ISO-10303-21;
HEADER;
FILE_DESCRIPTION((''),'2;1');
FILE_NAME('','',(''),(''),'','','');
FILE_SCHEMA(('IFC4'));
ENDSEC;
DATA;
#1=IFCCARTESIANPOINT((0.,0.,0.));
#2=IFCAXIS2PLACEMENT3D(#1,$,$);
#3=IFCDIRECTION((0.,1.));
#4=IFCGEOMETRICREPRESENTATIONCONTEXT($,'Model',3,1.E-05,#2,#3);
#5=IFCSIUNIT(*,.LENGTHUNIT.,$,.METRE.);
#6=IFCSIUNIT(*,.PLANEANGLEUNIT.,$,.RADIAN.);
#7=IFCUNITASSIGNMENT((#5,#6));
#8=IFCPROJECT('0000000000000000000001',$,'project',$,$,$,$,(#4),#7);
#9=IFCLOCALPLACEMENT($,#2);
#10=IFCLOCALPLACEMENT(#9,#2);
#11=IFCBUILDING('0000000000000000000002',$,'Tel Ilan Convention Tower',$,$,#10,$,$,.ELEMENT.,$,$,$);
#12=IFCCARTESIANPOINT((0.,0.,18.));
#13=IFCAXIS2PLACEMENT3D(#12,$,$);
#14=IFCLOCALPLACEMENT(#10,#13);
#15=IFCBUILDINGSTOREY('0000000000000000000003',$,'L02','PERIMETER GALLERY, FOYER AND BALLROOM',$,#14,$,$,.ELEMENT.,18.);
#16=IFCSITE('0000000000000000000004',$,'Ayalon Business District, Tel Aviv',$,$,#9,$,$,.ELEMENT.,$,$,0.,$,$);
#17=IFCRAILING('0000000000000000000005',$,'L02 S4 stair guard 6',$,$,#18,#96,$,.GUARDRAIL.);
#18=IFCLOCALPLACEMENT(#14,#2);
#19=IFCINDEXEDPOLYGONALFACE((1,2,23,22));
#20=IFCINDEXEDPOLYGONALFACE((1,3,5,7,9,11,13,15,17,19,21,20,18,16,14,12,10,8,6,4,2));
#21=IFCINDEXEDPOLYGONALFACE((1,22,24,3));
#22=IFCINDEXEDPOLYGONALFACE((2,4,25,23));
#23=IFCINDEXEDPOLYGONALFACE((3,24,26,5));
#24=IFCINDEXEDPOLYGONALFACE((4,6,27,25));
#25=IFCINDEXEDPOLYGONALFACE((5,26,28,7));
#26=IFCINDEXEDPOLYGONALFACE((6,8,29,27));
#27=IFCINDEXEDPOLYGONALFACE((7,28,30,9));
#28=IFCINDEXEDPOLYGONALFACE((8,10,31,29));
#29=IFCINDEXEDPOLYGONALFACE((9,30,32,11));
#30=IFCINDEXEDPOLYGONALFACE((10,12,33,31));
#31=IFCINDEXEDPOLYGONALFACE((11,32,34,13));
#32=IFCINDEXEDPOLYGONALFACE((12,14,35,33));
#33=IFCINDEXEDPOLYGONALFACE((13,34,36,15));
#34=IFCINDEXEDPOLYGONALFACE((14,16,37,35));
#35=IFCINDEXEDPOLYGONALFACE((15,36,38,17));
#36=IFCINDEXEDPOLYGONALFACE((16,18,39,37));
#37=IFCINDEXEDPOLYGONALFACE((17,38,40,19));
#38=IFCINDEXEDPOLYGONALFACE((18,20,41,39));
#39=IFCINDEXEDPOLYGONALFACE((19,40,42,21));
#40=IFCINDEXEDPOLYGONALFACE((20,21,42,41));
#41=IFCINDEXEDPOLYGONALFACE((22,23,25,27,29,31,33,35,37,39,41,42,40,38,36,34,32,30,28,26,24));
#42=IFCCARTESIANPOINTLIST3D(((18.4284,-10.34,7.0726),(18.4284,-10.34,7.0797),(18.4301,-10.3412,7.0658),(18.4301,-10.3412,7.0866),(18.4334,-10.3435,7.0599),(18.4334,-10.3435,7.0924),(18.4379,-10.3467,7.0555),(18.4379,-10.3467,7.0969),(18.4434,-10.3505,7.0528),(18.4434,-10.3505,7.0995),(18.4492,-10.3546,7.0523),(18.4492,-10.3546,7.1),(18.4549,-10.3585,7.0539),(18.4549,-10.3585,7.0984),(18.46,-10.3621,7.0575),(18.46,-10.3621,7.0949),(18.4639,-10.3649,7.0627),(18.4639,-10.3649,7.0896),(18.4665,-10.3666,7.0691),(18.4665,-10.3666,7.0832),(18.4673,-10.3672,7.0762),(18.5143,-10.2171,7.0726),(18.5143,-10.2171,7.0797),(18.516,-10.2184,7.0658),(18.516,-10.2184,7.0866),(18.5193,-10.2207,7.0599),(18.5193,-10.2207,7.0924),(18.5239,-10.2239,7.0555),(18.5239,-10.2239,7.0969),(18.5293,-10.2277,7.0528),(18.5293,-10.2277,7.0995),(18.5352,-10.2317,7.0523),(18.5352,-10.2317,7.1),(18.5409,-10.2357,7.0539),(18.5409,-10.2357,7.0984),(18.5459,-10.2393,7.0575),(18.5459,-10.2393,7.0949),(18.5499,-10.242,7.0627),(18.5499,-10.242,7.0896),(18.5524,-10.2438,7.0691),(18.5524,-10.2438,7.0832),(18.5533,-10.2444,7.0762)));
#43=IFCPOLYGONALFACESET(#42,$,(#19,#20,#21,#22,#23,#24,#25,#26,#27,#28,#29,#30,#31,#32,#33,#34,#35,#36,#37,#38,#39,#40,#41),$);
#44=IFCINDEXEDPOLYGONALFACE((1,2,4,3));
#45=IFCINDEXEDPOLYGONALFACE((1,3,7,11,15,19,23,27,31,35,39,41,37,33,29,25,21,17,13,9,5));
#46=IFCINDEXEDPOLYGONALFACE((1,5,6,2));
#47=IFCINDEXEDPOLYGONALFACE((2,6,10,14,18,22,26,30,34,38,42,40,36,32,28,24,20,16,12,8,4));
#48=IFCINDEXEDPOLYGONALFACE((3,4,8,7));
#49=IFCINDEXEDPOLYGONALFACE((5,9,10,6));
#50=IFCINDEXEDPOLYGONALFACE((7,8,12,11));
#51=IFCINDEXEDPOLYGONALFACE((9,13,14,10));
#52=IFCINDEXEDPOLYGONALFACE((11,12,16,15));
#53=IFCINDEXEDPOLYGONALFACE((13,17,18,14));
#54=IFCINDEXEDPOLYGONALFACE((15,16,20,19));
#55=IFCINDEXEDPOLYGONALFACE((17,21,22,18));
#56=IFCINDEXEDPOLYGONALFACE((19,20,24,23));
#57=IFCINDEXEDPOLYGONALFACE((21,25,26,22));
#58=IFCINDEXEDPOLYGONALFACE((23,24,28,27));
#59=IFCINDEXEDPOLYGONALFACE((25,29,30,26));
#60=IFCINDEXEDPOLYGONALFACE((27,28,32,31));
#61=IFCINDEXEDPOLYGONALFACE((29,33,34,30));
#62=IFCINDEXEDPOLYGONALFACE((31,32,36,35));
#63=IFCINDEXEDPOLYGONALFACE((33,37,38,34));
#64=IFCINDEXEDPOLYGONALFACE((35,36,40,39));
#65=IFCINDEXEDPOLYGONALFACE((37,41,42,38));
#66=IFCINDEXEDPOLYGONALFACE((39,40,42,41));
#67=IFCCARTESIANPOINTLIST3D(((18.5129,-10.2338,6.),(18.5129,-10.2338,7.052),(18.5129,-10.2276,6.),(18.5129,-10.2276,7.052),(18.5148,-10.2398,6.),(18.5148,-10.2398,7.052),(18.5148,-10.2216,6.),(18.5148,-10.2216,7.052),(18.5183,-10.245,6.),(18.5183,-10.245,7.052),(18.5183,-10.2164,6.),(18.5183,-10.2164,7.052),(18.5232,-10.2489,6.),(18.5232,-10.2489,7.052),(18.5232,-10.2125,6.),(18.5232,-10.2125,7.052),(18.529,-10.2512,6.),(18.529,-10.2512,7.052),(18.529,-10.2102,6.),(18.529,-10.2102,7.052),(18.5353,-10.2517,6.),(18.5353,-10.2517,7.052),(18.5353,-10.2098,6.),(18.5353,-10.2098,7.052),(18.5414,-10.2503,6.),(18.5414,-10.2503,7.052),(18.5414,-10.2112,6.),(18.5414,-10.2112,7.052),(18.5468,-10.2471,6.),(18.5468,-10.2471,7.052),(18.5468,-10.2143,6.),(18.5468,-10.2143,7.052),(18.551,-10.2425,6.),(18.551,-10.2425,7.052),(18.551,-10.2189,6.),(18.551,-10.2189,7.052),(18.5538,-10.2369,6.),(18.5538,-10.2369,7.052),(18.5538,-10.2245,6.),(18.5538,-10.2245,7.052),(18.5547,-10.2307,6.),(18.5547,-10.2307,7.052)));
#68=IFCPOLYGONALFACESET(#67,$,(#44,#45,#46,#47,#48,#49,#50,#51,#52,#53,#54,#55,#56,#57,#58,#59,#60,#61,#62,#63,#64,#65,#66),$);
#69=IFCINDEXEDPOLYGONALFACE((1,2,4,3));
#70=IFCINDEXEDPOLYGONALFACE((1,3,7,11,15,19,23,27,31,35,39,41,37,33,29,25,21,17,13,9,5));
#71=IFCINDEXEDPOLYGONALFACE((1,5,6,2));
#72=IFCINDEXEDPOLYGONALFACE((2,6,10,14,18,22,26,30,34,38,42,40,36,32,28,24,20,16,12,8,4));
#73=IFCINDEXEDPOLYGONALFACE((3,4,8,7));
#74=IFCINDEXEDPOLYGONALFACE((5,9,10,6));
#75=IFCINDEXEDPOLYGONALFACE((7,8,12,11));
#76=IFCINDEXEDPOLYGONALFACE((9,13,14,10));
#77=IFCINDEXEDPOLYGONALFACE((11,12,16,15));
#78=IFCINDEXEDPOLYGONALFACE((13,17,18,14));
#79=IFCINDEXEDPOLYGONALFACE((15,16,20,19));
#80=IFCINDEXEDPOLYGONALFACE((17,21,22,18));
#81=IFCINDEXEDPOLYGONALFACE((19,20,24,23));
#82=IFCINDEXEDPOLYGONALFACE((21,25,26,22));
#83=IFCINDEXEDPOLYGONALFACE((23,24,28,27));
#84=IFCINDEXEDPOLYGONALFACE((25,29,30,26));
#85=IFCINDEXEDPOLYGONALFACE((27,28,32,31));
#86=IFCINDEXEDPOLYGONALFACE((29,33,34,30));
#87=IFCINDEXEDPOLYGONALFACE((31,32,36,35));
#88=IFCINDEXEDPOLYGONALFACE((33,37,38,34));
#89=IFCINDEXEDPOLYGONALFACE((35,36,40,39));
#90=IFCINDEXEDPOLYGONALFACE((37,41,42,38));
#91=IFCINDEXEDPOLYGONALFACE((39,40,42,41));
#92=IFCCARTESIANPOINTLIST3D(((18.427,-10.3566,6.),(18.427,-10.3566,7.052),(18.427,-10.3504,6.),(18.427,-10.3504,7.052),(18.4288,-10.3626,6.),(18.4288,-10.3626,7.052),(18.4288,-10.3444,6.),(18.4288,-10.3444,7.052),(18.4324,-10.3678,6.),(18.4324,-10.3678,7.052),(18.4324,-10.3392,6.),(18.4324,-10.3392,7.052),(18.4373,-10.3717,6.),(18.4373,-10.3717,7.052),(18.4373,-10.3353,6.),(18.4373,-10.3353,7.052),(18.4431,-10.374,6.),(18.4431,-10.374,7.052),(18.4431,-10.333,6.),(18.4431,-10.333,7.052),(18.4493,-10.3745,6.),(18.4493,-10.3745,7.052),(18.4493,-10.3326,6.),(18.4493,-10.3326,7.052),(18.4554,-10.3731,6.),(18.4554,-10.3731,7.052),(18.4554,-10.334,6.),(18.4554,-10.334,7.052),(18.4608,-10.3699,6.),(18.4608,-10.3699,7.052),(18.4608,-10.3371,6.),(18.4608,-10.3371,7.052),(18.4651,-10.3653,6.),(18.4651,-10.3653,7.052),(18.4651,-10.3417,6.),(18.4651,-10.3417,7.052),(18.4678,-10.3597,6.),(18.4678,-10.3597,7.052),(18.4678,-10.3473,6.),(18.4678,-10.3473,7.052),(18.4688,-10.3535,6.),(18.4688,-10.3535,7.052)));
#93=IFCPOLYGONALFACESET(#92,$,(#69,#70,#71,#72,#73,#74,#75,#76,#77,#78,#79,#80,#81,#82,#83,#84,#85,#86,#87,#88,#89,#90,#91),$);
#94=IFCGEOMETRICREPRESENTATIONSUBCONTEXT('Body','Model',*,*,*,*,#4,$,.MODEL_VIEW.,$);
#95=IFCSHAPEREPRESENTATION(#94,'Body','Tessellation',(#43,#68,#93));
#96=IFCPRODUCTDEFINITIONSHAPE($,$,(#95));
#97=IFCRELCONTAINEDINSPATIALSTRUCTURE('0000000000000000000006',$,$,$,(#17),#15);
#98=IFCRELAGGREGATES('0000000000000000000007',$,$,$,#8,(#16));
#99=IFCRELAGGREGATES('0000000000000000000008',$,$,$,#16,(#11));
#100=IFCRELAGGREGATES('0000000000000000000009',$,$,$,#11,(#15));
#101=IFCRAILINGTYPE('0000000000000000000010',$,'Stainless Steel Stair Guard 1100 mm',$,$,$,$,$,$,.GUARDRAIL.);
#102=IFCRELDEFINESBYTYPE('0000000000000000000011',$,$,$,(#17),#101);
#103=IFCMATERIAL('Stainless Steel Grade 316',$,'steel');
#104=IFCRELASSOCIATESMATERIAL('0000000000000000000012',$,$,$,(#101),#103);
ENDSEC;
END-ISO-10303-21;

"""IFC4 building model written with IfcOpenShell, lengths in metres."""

from ifc_helpers import new_model, si_unit, direction, frame, origin, origin_2d, place, context, subcontext, project, spatial, circle, extrude, material, type_object, element, save


model = new_model("IFC4")

# Units and contexts
model_context = context("Model", 3, precision=1e-05, world=origin(), true_north=direction((0.0, 1.0)))
body_context = subcontext(model_context, "Body", "Model", "MODEL_VIEW")
ifc_project = project(units=[si_unit("LENGTHUNIT", "METRE"), si_unit("PLANEANGLEUNIT", "RADIAN")], contexts=[model_context])

# Site, building, storey
site_placement = place(None, origin())
site = spatial("IfcSite", under=ifc_project, at=site_placement, Name="Ayalon Business District, Tel Aviv", CompositionType="ELEMENT", RefElevation=0.0)
building_placement = place(site_placement, origin())
building = spatial("IfcBuilding", under=site, at=building_placement, Name="Tel Ilan Convention Tower", CompositionType="ELEMENT")
storey_placement = place(building_placement, frame((0.0, 0.0, 18.0)))
storey = spatial("IfcBuildingStorey", under=building, at=storey_placement, Name="L02", Description="PERIMETER GALLERY, FOYER AND BALLROOM", CompositionType="ELEMENT", Elevation=18.0)

# Railing
ifc_material_1 = material(Name="Stainless Steel Grade 316", Category="steel")
railing_type_1 = type_object("IfcRailingType", Name="Stainless Steel Stair Guard 1100 mm", PredefinedType="GUARDRAIL", material=ifc_material_1)
railing_placement = place(storey_placement, frame((18.5337, -10.2307, 6.0)))
element("IfcRailing", 1, at=railing_placement, inside=storey, type_object=railing_type_1, Name="L02 S4 stair guard 6", PredefinedType="GUARDRAIL", context=body_context, shape_type="SweptSolid", body=[
    extrude(circle(Radius=0.0239, at=origin_2d()), frame((0.0, 0.0, 1.0762), z_axis=(-0.573353, -0.819308, 0.0), x_axis=(0.819308, -0.573353, 0.0)), (0.0, 0.0, 1.0), 0.1499),
    extrude(circle(Radius=0.021, at=origin_2d()), origin(), (0.0, 0.0, 1.0), 1.052),
    extrude(circle(Radius=0.021, at=origin_2d()), frame((-0.0859, -0.1228, 0.0)), (0.0, 0.0, 1.0), 1.052),
])

save(model, "model.ifc")
